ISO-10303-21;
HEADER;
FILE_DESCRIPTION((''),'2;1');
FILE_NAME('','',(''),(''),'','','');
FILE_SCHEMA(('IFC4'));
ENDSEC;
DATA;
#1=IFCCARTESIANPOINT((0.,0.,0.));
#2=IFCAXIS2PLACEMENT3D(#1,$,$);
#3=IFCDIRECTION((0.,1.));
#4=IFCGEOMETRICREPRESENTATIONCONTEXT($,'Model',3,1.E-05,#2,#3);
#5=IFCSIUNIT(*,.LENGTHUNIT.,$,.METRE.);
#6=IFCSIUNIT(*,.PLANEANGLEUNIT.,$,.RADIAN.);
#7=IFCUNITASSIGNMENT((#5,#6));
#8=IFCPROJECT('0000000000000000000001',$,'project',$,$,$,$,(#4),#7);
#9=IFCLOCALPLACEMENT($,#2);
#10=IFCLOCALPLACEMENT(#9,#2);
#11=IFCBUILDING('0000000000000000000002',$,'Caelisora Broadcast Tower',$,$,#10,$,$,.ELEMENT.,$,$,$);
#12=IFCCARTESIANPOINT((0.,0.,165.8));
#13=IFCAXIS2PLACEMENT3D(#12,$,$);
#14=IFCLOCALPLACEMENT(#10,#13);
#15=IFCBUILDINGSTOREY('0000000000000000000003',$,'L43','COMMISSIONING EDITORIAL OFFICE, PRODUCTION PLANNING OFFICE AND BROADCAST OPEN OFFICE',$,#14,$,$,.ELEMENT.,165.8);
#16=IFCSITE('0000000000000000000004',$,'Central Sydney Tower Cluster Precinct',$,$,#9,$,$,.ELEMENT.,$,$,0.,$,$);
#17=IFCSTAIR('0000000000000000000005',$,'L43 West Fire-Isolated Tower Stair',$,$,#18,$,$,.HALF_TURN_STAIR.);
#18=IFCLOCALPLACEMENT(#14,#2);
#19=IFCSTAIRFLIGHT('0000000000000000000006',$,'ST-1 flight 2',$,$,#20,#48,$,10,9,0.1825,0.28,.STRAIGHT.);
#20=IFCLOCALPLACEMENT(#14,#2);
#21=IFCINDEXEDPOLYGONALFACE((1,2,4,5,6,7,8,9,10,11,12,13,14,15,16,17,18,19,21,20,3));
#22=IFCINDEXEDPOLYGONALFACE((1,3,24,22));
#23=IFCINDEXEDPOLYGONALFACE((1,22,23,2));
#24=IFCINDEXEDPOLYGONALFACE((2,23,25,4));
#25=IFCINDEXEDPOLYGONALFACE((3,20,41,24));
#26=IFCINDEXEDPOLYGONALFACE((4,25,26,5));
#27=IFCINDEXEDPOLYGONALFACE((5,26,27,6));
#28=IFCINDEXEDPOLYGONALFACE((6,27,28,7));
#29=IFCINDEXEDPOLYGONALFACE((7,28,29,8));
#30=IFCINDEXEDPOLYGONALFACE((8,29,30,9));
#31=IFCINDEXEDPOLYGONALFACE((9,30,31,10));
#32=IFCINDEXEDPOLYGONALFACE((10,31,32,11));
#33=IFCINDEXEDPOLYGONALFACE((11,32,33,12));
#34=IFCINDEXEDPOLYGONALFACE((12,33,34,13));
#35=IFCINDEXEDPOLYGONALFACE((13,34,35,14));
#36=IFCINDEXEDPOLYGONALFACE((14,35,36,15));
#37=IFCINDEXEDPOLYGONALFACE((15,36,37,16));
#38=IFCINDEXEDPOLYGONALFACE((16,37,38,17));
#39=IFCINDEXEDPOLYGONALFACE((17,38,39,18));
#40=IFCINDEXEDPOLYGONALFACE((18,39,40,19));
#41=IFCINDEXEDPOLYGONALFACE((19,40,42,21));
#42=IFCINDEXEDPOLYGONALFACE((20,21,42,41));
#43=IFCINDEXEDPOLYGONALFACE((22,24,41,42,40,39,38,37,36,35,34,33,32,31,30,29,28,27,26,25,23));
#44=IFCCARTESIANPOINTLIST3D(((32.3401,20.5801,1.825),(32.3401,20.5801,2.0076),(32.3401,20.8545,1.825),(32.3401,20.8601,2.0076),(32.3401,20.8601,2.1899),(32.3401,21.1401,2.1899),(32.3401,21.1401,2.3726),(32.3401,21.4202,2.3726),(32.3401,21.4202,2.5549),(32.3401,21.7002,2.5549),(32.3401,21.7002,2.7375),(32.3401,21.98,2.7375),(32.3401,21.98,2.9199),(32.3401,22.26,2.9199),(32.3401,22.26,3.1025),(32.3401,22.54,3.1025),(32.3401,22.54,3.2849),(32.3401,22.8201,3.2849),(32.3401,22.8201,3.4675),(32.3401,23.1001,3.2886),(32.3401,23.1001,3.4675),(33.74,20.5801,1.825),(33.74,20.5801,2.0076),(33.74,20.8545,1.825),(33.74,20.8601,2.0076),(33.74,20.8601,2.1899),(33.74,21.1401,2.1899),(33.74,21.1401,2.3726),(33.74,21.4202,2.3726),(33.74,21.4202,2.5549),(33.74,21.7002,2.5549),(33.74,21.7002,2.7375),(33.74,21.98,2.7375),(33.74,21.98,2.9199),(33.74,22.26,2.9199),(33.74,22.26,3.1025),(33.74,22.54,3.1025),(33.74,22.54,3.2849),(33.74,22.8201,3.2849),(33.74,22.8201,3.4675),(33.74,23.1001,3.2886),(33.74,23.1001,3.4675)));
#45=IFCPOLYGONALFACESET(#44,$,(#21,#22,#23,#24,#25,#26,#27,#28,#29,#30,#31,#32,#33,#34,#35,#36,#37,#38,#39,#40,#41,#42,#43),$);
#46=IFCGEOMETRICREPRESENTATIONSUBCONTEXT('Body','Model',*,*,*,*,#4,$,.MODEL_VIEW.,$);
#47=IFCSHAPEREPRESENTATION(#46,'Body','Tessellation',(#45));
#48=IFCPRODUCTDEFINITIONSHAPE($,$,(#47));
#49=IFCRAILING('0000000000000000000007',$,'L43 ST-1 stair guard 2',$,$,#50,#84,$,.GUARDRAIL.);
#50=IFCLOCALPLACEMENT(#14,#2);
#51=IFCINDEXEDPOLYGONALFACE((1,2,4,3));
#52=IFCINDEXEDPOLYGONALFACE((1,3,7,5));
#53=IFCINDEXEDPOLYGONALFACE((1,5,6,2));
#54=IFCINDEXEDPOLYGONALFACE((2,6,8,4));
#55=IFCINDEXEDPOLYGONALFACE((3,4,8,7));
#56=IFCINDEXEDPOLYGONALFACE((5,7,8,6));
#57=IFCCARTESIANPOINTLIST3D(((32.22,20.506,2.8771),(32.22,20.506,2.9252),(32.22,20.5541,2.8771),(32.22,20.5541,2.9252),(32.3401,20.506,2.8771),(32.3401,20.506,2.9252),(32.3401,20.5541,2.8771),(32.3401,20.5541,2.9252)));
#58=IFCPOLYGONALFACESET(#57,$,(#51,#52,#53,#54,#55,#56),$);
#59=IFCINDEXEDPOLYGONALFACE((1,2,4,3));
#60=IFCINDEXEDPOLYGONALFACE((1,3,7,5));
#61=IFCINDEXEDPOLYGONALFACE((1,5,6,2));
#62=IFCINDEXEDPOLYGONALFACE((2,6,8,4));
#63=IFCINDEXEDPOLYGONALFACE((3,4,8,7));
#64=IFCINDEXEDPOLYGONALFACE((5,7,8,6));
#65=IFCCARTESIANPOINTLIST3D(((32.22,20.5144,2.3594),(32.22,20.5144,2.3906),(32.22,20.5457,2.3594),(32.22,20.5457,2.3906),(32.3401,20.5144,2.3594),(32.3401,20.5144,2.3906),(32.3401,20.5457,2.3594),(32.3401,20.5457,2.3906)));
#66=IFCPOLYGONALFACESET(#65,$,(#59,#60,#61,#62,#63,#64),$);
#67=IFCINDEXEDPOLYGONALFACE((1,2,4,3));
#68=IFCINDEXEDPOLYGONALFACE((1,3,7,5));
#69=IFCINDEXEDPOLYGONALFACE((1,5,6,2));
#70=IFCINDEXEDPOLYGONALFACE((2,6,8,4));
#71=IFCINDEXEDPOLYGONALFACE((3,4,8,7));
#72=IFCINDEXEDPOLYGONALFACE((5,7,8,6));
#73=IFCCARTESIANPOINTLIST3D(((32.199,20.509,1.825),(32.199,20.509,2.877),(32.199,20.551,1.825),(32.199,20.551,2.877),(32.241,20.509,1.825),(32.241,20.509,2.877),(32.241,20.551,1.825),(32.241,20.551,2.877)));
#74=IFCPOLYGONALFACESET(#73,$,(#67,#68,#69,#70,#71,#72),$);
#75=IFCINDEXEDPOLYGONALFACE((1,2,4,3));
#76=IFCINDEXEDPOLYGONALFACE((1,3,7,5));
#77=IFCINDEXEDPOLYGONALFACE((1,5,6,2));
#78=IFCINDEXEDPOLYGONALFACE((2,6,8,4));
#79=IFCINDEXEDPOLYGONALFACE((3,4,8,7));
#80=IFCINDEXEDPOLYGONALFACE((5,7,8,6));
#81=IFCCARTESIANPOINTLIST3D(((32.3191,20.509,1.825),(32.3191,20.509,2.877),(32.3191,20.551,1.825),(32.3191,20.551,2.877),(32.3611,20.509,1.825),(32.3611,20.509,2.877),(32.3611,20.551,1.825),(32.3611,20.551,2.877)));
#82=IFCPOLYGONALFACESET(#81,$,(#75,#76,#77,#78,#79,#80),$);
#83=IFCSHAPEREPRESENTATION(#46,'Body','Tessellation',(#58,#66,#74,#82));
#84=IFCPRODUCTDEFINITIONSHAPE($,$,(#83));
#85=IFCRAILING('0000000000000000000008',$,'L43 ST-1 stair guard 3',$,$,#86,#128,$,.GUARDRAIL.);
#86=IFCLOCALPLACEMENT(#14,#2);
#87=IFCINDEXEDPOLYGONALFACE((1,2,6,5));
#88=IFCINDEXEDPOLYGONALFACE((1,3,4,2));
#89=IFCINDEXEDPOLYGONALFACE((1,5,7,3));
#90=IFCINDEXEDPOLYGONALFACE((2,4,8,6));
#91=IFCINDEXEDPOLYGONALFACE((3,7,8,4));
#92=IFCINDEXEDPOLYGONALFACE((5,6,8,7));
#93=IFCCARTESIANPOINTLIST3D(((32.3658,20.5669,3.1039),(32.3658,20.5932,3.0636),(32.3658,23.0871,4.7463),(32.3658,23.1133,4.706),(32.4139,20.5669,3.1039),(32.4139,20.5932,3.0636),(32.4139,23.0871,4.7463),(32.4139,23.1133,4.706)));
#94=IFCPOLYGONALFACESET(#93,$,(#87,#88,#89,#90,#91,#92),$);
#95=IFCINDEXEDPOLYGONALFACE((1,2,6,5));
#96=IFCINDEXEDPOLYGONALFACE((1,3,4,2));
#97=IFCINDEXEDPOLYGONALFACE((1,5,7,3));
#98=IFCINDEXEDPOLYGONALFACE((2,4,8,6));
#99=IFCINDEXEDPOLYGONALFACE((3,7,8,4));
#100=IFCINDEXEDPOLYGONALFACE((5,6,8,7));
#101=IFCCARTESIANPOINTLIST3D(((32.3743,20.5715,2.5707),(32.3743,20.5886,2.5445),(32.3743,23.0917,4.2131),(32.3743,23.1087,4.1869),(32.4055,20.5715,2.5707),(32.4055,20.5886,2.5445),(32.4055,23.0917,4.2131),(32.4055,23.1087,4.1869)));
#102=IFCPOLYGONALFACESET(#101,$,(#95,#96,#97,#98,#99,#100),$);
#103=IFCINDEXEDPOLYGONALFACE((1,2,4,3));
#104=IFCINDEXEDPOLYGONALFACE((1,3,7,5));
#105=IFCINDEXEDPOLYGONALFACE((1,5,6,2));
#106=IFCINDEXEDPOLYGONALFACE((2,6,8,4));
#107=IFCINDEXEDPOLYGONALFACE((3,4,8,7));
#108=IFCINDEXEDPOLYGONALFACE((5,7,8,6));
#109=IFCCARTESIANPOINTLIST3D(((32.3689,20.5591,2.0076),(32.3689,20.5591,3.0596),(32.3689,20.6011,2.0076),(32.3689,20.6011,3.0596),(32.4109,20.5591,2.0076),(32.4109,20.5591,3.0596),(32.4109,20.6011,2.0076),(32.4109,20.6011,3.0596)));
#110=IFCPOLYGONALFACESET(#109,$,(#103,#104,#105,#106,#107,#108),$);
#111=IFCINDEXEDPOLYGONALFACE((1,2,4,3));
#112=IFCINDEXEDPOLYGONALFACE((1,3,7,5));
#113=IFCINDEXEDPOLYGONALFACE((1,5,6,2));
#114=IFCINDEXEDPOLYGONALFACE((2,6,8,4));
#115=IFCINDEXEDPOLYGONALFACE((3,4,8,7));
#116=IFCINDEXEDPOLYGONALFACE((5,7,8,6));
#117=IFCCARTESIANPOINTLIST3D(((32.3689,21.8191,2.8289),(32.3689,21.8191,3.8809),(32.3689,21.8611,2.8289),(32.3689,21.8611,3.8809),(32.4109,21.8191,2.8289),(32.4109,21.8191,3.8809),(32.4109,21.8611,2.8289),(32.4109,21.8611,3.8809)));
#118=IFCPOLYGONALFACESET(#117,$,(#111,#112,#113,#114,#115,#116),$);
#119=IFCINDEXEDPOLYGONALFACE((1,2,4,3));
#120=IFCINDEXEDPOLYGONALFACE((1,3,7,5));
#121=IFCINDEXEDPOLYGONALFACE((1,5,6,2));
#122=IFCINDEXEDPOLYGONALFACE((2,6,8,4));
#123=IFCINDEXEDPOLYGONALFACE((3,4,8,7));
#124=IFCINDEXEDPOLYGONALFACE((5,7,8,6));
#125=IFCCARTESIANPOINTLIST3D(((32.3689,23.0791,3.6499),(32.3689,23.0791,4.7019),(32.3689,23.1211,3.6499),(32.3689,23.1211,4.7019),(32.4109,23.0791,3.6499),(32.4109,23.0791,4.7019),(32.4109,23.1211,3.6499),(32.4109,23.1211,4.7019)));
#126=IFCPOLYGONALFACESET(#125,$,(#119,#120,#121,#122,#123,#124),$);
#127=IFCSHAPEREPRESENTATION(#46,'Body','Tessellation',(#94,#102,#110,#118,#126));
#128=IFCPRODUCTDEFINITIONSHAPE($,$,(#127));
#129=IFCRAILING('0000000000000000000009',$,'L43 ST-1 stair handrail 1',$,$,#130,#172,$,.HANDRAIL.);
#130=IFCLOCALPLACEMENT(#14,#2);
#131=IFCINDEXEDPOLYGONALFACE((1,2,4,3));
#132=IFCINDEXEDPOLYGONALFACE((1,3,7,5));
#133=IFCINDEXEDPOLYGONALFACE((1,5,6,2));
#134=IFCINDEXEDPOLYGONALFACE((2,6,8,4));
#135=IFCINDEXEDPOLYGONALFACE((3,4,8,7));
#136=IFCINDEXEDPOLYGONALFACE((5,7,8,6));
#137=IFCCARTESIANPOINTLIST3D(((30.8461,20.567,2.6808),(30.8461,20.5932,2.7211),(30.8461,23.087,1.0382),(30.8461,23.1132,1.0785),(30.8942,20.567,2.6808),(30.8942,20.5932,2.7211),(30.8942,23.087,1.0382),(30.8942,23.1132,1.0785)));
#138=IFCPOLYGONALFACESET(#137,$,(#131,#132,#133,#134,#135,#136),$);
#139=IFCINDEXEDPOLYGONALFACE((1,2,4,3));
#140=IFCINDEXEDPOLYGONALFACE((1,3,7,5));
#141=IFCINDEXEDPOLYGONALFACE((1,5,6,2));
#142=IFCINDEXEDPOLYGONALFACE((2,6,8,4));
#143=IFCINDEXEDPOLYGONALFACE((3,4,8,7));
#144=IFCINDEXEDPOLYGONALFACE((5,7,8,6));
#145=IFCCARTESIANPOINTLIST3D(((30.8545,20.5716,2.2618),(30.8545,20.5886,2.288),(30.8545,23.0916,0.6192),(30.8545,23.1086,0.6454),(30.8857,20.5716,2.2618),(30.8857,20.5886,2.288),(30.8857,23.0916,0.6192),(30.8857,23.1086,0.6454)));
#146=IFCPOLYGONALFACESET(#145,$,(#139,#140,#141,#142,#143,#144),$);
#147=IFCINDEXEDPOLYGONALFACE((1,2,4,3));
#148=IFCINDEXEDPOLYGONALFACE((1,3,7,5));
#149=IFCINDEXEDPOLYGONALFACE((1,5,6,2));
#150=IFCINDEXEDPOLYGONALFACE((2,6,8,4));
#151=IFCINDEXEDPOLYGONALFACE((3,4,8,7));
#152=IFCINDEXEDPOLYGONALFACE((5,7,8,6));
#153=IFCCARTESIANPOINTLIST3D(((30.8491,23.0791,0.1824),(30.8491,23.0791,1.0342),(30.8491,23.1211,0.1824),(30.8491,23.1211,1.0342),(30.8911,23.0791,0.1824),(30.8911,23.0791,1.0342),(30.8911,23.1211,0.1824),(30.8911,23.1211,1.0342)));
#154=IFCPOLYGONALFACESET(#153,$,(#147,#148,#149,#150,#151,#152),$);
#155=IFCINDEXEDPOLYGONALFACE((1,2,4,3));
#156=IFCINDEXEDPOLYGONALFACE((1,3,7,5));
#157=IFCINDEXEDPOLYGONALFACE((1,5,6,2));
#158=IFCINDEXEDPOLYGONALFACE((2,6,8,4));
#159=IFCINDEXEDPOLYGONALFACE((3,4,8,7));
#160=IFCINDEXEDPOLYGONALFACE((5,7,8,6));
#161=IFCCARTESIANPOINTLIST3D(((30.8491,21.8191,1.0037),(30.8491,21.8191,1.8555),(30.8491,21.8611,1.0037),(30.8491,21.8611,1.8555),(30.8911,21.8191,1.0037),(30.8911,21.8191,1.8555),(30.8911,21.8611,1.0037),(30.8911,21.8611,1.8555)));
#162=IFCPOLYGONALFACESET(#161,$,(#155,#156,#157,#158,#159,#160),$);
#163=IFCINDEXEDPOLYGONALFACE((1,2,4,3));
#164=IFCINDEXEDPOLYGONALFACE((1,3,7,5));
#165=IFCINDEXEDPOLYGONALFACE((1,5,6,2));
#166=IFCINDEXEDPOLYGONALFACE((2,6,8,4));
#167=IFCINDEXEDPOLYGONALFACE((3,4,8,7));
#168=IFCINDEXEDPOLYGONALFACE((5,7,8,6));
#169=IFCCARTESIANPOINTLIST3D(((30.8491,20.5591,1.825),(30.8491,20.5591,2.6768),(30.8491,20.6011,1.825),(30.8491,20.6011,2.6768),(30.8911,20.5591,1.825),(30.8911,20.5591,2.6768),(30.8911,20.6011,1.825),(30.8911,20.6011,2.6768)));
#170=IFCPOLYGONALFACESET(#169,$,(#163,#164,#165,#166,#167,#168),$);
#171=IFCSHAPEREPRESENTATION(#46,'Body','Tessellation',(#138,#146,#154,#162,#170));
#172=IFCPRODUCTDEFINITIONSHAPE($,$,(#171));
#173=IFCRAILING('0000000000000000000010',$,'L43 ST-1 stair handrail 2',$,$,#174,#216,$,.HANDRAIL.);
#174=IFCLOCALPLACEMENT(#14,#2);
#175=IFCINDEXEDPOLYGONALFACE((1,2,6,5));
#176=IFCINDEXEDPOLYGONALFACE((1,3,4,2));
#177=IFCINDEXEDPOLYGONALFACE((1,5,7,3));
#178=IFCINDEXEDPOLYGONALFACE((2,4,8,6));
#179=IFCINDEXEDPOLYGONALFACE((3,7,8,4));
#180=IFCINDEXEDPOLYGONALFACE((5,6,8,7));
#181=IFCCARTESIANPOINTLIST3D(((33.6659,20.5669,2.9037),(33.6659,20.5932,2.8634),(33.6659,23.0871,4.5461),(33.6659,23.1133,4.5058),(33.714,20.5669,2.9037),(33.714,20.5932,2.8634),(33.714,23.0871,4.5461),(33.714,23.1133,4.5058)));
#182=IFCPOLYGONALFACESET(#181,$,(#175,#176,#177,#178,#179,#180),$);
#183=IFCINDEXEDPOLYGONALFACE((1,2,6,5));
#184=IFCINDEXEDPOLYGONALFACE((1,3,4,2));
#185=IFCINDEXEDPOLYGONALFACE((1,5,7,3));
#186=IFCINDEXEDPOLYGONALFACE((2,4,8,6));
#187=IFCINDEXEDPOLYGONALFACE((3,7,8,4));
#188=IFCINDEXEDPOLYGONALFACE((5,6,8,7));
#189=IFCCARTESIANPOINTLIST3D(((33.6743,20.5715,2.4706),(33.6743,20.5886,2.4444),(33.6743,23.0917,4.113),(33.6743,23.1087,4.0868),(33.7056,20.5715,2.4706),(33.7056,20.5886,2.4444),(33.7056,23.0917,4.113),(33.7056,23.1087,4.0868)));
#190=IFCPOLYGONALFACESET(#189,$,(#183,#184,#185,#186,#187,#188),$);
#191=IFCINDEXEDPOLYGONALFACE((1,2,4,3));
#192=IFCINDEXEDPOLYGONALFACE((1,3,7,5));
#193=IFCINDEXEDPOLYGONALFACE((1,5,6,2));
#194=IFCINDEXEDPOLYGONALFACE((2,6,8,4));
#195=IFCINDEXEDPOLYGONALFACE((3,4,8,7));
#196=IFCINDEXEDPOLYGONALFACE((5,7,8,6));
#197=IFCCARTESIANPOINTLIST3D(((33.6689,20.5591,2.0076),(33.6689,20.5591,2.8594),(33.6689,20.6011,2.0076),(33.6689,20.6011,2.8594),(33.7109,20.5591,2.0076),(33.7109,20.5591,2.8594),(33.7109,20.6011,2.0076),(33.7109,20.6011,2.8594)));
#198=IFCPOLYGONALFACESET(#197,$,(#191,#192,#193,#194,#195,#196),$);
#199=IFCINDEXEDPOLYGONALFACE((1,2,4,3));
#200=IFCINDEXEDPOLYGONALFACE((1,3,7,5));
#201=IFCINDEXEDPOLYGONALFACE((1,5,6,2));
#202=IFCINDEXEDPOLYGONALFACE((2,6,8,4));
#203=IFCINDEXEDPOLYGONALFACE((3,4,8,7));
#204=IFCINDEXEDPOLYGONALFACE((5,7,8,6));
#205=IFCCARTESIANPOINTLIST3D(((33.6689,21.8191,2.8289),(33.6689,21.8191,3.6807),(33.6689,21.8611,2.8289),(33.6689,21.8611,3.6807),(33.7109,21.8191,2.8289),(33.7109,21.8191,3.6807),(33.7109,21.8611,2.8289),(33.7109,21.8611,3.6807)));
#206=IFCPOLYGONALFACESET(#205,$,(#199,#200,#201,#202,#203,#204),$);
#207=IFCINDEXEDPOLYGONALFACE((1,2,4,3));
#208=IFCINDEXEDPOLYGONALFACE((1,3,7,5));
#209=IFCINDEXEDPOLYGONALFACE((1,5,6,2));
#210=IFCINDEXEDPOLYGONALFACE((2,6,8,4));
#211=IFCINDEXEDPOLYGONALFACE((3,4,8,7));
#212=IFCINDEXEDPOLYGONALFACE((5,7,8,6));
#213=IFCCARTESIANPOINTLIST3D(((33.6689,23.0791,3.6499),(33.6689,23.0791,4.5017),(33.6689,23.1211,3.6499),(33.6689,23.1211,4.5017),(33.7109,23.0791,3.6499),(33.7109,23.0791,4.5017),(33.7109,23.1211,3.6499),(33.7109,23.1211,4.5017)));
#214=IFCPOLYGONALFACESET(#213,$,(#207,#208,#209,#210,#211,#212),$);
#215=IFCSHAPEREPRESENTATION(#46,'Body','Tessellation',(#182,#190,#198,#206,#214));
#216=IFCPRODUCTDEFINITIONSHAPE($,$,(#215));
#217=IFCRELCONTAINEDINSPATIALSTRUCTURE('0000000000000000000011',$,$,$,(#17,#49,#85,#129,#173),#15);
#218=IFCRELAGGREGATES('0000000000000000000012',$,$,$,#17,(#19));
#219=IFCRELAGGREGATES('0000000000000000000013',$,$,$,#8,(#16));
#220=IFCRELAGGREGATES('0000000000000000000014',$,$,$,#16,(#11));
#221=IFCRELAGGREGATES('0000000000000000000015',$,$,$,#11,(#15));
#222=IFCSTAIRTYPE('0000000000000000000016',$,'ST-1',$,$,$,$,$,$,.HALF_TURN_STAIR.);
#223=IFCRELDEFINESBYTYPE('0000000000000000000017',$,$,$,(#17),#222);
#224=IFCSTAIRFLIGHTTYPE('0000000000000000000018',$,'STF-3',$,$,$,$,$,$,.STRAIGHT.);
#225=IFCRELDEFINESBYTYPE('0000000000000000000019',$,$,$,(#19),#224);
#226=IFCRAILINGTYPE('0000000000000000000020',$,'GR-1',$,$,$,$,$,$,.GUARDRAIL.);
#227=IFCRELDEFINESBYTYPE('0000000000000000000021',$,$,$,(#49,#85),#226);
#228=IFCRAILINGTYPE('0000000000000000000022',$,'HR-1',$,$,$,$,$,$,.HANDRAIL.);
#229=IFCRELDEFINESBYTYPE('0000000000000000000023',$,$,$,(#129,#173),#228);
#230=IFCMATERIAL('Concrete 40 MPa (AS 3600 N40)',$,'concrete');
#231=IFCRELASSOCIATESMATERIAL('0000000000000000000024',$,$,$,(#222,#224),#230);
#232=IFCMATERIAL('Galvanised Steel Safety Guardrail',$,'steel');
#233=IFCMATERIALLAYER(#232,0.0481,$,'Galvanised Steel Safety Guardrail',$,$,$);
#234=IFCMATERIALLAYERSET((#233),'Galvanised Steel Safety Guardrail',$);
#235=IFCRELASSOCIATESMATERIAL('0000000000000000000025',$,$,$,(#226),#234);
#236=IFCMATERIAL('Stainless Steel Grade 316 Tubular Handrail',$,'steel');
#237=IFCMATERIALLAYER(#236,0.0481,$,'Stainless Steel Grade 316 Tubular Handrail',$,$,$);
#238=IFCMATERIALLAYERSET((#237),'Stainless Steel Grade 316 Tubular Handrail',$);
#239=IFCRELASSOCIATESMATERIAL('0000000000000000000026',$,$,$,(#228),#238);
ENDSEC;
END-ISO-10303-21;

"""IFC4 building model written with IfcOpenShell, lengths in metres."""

from ifc_helpers import new_model, si_unit, direction, frame, origin, origin_2d, place, context, subcontext, project, spatial, polyline, rectangle, outline, extrude, material, layer, layer_set, type_object, element, aggregate, save


model = new_model("IFC4")

# Units and contexts
model_context = context("Model", 3, precision=1e-05, world=origin(), true_north=direction((0.0, 1.0)))
body_context = subcontext(model_context, "Body", "Model", "MODEL_VIEW")
ifc_project = project(units=[si_unit("LENGTHUNIT", "METRE"), si_unit("PLANEANGLEUNIT", "RADIAN")], contexts=[model_context])

# Site, building, storey
site_placement = place(None, origin())
site = spatial("IfcSite", under=ifc_project, at=site_placement, Name="Central Sydney Tower Cluster Precinct", CompositionType="ELEMENT", RefElevation=0.0)
building_placement = place(site_placement, origin())
building = spatial("IfcBuilding", under=site, at=building_placement, Name="Caelisora Broadcast Tower", CompositionType="ELEMENT")
storey_placement = place(building_placement, frame((0.0, 0.0, 165.8)))
storey = spatial("IfcBuildingStorey", under=building, at=storey_placement, Name="L43", Description="COMMISSIONING EDITORIAL OFFICE, PRODUCTION PLANNING OFFICE AND BROADCAST OPEN OFFICE", CompositionType="ELEMENT", Elevation=165.8)

# Stair, stair flight
ifc_material_1 = material(Name="Concrete 40 MPa (AS 3600 N40)", Category="concrete")
stair_type = type_object("IfcStairType", Name="ST-1", PredefinedType="HALF_TURN_STAIR", material=ifc_material_1)
stair_placement = place(storey_placement, origin())
stair = element("IfcStair", 1, at=stair_placement, inside=storey, type_object=stair_type, Name="L43 West Fire-Isolated Tower Stair", PredefinedType="HALF_TURN_STAIR")
stair_flight_type = type_object("IfcStairFlightType", Name="STF-3", PredefinedType="STRAIGHT", material=ifc_material_1)
stair_flight_placement = place(storey_placement, frame((33.04, 20.5801, 1.825), z_axis=(0.0, 0.0, 1.0), x_axis=(0.0, 1.0, 0.0)))
stair_flight = element("IfcStairFlight", 2, at=stair_flight_placement, type_object=stair_flight_type, Name="ST-1 flight 2", NumberOfRisers=10, NumberOfTreads=9, PredefinedType="STRAIGHT", RiserHeight=0.1825, TreadLength=0.28, context=body_context, shape_type="SweptSolid", body=[
    extrude(outline(polyline([(0.0, 0.0), (0.0, 0.1826), (0.28, 0.1826), (0.28, 0.365), (0.5601, 0.365), (0.5601, 0.5476), (0.8401, 0.5476), (0.8401, 0.73), (1.1201, 0.73), (1.1201, 0.9126), (1.3999, 0.9126), (1.3999, 1.095), (1.6799, 1.095), (1.6799, 1.2776), (1.96, 1.2776), (1.96, 1.46), (2.24, 1.46), (2.24, 1.6426), (2.52, 1.6426), (2.52, 1.825), (2.52, 1.4636), (0.2744, 0.0), (0.0, 0.0)])), frame((0.0, 0.7, 0.0), z_axis=(0.0, -1.0, 0.0), x_axis=(1.0, 0.0, 0.0)), (0.0, 0.0, 1.0), 1.3999),
])
aggregate(stair, [stair_flight])

# Railings
ifc_material_2 = material(Name="Galvanised Steel Safety Guardrail", Category="steel")
ifc_layer_1 = layer(ifc_material_2, 0.0481, Name="Galvanised Steel Safety Guardrail")
ifc_layer_set_1 = layer_set([ifc_layer_1], Name="Galvanised Steel Safety Guardrail")
railing_type_1 = type_object("IfcRailingType", Name="GR-1", PredefinedType="GUARDRAIL", material=ifc_layer_set_1)
railing_1_placement = place(storey_placement, frame((32.22, 20.53, 1.825)))
element("IfcRailing", 3, at=railing_1_placement, inside=storey, type_object=railing_type_1, Name="L43 ST-1 stair guard 2", PredefinedType="GUARDRAIL", context=body_context, shape_type="SweptSolid", body=[
    extrude(rectangle(XDim=0.0481, YDim=0.0481, at=origin_2d()), frame((0.0, 0.0, 1.0762), z_axis=(1.0, 0.0, 0.0), x_axis=(0.0, 1.0, 0.0)), (0.0, 0.0, 1.0), 0.1201),
    extrude(rectangle(XDim=0.0312, YDim=0.0312, at=origin_2d()), frame((0.0, 0.0, 0.55), z_axis=(1.0, 0.0, 0.0), x_axis=(0.0, 1.0, 0.0)), (0.0, 0.0, 1.0), 0.1201),
    extrude(rectangle(XDim=0.042, YDim=0.042, at=origin_2d()), origin(), (0.0, 0.0, 1.0), 1.052),
    extrude(rectangle(XDim=0.042, YDim=0.042, at=origin_2d()), frame((0.1201, 0.0, 0.0)), (0.0, 0.0, 1.0), 1.052),
])
railing_2_placement = place(storey_placement, frame((32.3899, 20.5801, 2.0076)))
element("IfcRailing", 4, at=railing_2_placement, inside=storey, type_object=railing_type_1, Name="L43 ST-1 stair guard 3", PredefinedType="GUARDRAIL", context=body_context, shape_type="SweptSolid", body=[
    extrude(rectangle(XDim=0.0481, YDim=0.0481, at=origin_2d()), frame((0.0, 0.0, 1.0762), z_axis=(0.0, 0.837787, 0.545998), x_axis=(-1.0, 0.0, 0.0)), (0.0, 0.0, 1.0), 3.0081),
    extrude(rectangle(XDim=0.0312, YDim=0.0312, at=origin_2d()), frame((0.0, 0.0, 0.55), z_axis=(0.0, 0.837787, 0.545998), x_axis=(-1.0, 0.0, 0.0)), (0.0, 0.0, 1.0), 3.0081),
    extrude(rectangle(XDim=0.042, YDim=0.042, at=origin_2d()), origin(), (0.0, 0.0, 1.0), 1.052),
    extrude(rectangle(XDim=0.042, YDim=0.042, at=origin_2d()), frame((0.0, 1.26, 0.8213)), (0.0, 0.0, 1.0), 1.052),
    extrude(rectangle(XDim=0.042, YDim=0.042, at=origin_2d()), frame((0.0, 2.52, 1.6423)), (0.0, 0.0, 1.0), 1.052),
])
ifc_material_3 = material(Name="Stainless Steel Grade 316 Tubular Handrail", Category="steel")
ifc_layer_2 = layer(ifc_material_3, 0.0481, Name="Stainless Steel Grade 316 Tubular Handrail")
ifc_layer_set_2 = layer_set([ifc_layer_2], Name="Stainless Steel Grade 316 Tubular Handrail")
railing_type_2 = type_object("IfcRailingType", Name="HR-1", PredefinedType="HANDRAIL", material=ifc_layer_set_2)
railing_3_placement = place(storey_placement, frame((30.8701, 23.1001, 0.1824)))
element("IfcRailing", 5, at=railing_3_placement, inside=storey, type_object=railing_type_2, Name="L43 ST-1 stair handrail 1", PredefinedType="HANDRAIL", context=body_context, shape_type="SweptSolid", body=[
    extrude(rectangle(XDim=0.0481, YDim=0.0481, at=origin_2d()), frame((0.0, 0.0, 0.876), z_axis=(0.0, -0.837749, 0.546055), x_axis=(1.0, 0.0, 0.0)), (0.0, 0.0, 1.0), 3.0081),
    extrude(rectangle(XDim=0.0312, YDim=0.0312, at=origin_2d()), frame((0.0, 0.0, 0.45), z_axis=(0.0, -0.837749, 0.546055), x_axis=(1.0, 0.0, 0.0)), (0.0, 0.0, 1.0), 3.0081),
    extrude(rectangle(XDim=0.042, YDim=0.042, at=origin_2d()), origin(), (0.0, 0.0, 1.0), 0.8518),
    extrude(rectangle(XDim=0.042, YDim=0.042, at=origin_2d()), frame((0.0, -1.26, 0.8213)), (0.0, 0.0, 1.0), 0.8518),
    extrude(rectangle(XDim=0.042, YDim=0.042, at=origin_2d()), frame((0.0, -2.52, 1.6426)), (0.0, 0.0, 1.0), 0.8518),
])
railing_4_placement = place(storey_placement, frame((33.6899, 20.5801, 2.0076)))
element("IfcRailing", 6, at=railing_4_placement, inside=storey, type_object=railing_type_2, Name="L43 ST-1 stair handrail 2", PredefinedType="HANDRAIL", context=body_context, shape_type="SweptSolid", body=[
    extrude(rectangle(XDim=0.0481, YDim=0.0481, at=origin_2d()), frame((0.0, 0.0, 0.876), z_axis=(0.0, 0.837787, 0.545998), x_axis=(-1.0, 0.0, 0.0)), (0.0, 0.0, 1.0), 3.0081),
    extrude(rectangle(XDim=0.0312, YDim=0.0312, at=origin_2d()), frame((0.0, 0.0, 0.45), z_axis=(0.0, 0.837787, 0.545998), x_axis=(-1.0, 0.0, 0.0)), (0.0, 0.0, 1.0), 3.0081),
    extrude(rectangle(XDim=0.042, YDim=0.042, at=origin_2d()), origin(), (0.0, 0.0, 1.0), 0.8518),
    extrude(rectangle(XDim=0.042, YDim=0.042, at=origin_2d()), frame((0.0, 1.26, 0.8213)), (0.0, 0.0, 1.0), 0.8518),
    extrude(rectangle(XDim=0.042, YDim=0.042, at=origin_2d()), frame((0.0, 2.52, 1.6423)), (0.0, 0.0, 1.0), 0.8518),
])

save(model, "model.ifc")
